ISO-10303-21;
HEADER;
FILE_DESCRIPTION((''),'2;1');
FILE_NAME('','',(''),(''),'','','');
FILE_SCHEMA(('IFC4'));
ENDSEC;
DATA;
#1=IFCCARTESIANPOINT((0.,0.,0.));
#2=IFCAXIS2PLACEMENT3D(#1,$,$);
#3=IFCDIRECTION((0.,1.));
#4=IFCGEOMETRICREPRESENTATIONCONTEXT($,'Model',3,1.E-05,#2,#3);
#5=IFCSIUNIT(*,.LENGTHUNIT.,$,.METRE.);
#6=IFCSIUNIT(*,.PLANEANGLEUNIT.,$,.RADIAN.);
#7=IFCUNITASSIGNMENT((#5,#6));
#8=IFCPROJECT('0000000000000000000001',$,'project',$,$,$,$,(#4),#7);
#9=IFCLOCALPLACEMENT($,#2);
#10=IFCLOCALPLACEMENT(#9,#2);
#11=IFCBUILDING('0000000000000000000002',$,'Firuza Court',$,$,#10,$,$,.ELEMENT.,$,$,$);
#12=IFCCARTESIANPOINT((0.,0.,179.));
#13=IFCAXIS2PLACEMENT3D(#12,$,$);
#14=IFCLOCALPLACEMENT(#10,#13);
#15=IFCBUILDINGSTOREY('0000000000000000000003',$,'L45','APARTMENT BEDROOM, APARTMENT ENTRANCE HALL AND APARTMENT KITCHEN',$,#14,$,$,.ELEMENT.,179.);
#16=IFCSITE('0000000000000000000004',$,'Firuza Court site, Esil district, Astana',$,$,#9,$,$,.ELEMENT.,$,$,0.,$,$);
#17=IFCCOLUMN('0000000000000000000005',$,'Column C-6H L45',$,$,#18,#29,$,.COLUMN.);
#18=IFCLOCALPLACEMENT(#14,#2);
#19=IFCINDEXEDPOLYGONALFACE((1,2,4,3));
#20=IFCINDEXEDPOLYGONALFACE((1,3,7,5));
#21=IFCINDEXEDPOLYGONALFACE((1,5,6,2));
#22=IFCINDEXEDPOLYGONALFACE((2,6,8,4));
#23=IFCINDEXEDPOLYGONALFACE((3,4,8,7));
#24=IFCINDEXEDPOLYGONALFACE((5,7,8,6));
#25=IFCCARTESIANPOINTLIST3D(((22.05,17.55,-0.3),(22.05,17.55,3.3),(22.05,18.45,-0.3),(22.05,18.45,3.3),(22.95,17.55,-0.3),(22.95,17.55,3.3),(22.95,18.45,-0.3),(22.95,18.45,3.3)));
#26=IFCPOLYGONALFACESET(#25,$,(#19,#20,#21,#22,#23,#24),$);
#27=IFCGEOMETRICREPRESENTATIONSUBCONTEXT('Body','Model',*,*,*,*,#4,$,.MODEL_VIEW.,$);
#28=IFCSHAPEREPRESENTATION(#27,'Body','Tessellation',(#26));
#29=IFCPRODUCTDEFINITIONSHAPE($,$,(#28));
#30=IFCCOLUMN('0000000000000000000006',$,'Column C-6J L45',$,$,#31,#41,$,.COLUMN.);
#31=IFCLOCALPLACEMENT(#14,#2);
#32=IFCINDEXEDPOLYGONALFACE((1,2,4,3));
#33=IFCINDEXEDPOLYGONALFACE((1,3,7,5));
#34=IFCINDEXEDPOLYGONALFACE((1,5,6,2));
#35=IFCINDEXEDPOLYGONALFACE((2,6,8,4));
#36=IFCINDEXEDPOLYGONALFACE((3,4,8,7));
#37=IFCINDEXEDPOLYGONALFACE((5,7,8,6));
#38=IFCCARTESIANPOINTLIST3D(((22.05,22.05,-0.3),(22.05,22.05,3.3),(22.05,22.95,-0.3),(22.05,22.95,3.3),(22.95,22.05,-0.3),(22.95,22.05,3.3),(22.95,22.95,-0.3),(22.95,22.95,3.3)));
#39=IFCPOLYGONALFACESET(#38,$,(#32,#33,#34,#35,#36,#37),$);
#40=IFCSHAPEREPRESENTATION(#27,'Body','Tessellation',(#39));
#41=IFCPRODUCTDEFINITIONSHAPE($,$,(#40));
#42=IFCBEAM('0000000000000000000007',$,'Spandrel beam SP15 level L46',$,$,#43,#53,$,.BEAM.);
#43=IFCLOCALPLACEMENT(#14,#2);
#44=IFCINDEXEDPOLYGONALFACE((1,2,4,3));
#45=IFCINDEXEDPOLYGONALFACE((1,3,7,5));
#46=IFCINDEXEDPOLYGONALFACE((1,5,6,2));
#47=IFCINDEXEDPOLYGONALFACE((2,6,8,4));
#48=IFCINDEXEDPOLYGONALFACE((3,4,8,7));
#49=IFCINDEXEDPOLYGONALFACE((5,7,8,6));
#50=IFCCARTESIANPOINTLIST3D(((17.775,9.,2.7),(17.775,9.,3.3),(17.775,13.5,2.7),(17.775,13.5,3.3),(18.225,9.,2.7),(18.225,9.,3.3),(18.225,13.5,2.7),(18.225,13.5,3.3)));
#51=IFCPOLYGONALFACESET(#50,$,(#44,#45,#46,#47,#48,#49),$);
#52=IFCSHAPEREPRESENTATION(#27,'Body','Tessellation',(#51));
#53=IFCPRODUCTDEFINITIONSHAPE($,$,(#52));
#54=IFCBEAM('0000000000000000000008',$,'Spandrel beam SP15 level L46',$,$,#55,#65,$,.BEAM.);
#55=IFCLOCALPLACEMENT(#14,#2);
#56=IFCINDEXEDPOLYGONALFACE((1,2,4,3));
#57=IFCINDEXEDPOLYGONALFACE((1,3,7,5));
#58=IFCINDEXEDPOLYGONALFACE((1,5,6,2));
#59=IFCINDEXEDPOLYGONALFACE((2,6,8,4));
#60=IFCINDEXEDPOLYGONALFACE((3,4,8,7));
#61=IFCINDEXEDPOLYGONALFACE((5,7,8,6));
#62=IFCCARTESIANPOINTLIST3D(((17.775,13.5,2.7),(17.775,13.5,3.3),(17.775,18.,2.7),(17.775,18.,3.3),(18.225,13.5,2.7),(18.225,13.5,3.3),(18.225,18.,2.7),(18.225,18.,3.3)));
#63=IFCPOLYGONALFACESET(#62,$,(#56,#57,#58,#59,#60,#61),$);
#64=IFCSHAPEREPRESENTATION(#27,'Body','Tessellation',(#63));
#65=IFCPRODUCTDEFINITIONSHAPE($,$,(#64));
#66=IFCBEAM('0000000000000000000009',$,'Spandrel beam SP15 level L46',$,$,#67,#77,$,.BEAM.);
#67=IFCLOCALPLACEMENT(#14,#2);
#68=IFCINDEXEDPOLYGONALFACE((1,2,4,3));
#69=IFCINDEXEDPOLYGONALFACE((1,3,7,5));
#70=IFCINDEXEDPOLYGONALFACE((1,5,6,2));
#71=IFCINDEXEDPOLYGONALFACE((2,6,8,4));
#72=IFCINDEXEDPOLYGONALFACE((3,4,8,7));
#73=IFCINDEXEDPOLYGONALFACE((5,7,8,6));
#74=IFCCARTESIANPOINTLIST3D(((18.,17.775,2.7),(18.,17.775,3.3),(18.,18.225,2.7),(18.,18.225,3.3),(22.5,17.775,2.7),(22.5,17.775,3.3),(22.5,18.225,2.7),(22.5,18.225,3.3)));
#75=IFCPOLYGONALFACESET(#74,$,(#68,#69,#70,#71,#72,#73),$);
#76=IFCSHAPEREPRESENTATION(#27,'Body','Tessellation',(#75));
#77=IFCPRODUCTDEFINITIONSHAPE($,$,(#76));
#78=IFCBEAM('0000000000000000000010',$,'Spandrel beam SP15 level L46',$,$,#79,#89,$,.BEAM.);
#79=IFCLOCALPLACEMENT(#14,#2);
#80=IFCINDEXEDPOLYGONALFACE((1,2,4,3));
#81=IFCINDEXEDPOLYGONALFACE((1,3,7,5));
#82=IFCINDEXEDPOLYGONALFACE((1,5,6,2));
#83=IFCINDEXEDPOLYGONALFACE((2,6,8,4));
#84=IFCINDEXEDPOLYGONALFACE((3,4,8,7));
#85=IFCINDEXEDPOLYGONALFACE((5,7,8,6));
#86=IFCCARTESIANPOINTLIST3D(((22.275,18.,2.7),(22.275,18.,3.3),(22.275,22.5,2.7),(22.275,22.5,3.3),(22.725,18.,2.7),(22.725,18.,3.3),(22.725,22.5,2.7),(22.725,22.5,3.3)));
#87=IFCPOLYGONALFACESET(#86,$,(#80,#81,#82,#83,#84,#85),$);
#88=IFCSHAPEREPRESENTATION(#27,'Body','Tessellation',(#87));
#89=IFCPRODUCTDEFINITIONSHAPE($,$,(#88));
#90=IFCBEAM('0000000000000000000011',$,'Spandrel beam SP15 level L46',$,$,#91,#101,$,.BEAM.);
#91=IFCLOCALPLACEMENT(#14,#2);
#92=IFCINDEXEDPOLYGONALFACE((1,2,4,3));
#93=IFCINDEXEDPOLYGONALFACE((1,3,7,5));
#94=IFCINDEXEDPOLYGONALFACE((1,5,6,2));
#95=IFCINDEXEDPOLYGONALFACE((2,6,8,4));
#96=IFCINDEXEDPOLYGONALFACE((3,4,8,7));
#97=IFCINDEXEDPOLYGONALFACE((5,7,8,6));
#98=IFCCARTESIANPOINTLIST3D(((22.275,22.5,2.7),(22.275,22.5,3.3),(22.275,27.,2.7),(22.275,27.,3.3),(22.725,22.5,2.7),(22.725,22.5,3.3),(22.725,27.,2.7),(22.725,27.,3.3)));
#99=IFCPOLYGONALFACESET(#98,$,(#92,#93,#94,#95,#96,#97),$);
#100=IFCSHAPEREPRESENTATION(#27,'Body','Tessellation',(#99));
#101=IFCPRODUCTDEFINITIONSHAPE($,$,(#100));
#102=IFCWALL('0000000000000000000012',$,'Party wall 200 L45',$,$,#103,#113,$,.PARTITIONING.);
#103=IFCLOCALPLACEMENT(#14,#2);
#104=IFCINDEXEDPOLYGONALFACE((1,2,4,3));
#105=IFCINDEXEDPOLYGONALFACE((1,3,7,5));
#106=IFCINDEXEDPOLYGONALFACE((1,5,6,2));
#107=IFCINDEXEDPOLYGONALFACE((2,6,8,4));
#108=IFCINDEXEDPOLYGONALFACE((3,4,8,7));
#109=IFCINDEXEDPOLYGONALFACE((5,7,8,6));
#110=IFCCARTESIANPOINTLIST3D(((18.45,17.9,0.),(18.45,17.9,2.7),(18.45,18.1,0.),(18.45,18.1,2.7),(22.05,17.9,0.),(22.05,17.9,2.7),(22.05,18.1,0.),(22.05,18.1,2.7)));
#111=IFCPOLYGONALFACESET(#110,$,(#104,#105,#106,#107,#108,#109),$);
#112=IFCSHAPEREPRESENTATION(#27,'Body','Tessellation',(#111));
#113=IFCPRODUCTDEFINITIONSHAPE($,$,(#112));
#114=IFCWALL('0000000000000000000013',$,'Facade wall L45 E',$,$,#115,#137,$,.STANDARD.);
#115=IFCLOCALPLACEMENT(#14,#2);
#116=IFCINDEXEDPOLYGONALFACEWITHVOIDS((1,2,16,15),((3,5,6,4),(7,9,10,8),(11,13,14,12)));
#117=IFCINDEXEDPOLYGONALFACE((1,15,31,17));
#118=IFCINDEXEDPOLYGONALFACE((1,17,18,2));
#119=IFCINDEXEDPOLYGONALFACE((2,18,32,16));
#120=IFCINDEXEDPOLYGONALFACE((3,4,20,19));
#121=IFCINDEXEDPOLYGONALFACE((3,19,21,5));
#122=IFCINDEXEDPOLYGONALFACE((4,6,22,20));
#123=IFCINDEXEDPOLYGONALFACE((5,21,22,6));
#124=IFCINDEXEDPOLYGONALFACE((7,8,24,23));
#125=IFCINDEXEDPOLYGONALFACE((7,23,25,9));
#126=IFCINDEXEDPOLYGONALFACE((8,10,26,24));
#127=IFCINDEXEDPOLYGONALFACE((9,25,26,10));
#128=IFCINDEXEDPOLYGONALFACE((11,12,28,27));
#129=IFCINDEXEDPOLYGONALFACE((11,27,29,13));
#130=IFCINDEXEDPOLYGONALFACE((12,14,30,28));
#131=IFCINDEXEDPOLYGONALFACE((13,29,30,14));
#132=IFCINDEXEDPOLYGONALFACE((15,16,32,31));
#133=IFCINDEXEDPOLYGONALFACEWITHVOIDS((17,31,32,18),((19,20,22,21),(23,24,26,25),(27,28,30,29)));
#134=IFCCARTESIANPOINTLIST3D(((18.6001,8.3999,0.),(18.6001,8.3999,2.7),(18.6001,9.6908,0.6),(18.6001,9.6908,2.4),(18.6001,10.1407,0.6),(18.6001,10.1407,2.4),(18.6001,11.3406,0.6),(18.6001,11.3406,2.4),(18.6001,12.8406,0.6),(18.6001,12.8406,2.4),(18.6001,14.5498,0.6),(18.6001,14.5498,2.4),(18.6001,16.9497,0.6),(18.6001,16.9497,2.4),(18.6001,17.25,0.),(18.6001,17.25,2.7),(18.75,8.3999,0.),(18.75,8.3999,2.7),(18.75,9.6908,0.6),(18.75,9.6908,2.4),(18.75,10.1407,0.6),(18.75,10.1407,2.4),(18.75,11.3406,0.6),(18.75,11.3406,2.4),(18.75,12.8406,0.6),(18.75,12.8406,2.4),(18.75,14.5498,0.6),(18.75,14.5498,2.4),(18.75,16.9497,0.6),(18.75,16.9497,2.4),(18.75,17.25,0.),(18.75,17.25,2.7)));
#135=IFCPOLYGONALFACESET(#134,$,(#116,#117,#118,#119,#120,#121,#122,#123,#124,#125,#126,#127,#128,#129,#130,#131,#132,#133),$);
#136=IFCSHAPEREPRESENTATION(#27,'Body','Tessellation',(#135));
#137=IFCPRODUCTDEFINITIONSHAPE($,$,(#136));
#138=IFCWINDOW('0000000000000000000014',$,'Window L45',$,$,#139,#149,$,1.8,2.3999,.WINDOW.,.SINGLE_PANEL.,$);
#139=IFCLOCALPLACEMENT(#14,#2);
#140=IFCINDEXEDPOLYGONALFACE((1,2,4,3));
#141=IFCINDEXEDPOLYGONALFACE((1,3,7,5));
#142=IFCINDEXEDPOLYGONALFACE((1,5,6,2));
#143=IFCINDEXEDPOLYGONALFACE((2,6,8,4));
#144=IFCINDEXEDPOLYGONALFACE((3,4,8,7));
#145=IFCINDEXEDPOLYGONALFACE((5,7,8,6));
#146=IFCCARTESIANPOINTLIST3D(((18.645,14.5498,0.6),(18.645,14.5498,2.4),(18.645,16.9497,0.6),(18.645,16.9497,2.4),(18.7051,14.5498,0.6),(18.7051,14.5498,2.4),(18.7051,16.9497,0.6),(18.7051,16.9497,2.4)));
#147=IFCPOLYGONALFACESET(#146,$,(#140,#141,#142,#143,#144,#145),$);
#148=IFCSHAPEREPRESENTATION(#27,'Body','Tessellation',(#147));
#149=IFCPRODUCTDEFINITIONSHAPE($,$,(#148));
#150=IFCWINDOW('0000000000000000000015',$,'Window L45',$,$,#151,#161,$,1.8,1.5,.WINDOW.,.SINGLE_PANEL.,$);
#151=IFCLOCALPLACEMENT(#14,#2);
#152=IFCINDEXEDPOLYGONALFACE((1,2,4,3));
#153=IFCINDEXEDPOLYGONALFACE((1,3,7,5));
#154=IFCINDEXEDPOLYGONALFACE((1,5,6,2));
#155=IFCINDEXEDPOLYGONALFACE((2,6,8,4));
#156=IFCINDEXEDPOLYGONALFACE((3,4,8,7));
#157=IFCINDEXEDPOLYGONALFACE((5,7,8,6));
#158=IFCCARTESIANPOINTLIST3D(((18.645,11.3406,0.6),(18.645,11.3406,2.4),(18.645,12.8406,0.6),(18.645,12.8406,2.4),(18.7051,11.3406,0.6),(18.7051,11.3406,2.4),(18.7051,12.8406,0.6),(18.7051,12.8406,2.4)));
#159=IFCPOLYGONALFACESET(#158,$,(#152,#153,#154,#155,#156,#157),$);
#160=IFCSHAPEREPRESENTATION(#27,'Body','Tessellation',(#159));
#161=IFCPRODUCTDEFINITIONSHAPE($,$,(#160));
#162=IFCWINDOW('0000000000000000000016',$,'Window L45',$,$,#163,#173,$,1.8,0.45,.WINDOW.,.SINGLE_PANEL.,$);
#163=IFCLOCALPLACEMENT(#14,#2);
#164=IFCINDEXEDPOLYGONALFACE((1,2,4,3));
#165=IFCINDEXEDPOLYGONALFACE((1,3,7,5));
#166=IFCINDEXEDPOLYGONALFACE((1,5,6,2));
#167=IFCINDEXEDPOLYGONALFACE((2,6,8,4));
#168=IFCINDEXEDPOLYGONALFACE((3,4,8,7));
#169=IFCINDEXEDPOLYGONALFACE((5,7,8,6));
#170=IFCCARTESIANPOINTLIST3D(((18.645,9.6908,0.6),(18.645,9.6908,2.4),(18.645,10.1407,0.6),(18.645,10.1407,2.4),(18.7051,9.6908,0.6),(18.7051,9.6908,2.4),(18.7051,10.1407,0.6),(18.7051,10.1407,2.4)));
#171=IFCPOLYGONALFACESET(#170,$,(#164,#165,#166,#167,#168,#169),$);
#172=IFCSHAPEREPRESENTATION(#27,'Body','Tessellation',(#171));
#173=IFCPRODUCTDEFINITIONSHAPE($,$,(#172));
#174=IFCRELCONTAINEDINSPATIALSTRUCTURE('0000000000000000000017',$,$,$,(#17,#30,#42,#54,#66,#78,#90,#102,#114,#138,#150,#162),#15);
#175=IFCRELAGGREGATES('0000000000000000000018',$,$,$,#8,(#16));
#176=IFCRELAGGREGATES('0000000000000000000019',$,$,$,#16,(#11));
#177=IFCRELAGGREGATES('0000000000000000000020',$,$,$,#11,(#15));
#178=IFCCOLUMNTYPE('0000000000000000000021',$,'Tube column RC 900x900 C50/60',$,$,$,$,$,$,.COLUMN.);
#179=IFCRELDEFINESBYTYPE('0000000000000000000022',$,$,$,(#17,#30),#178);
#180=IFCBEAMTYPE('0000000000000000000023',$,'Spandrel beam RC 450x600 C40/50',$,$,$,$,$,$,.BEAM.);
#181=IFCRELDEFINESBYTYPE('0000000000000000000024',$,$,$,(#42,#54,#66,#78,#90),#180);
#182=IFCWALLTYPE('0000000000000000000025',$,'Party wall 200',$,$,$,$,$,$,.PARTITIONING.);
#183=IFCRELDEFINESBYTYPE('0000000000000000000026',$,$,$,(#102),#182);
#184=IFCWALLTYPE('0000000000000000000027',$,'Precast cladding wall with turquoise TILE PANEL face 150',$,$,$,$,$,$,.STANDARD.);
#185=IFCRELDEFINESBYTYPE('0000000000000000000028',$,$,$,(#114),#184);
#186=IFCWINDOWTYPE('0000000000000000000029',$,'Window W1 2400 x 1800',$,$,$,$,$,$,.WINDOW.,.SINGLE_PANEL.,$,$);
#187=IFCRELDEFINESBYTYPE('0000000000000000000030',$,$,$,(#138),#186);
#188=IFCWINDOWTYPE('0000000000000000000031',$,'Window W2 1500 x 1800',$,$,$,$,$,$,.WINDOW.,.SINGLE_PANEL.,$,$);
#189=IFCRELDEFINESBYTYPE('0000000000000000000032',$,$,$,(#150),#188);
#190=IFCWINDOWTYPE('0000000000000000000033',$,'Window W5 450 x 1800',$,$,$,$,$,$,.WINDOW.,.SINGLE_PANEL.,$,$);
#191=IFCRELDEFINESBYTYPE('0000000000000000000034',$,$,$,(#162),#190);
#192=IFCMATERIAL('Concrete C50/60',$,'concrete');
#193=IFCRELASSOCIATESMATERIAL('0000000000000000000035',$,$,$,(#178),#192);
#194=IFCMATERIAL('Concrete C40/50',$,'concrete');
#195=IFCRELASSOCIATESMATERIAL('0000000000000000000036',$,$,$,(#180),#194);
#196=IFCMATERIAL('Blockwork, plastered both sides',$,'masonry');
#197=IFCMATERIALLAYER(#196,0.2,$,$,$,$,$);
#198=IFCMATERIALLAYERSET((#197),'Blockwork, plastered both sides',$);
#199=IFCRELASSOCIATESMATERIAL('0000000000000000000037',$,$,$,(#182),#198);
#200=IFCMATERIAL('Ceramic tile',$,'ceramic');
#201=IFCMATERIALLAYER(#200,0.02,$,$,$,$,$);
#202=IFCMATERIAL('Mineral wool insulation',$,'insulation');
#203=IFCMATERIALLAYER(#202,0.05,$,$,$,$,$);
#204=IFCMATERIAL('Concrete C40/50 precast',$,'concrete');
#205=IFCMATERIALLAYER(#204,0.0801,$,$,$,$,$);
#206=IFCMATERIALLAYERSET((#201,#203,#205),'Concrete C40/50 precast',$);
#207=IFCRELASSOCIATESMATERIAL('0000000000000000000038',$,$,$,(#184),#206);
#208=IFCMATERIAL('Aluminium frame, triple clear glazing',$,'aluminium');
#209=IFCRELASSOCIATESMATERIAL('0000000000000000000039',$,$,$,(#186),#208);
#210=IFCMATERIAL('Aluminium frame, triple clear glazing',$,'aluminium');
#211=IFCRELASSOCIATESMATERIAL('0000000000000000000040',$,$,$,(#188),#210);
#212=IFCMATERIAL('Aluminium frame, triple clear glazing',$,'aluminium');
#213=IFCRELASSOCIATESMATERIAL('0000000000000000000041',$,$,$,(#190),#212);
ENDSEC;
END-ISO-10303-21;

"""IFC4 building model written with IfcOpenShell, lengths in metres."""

from ifc_helpers import new_model, si_unit, direction, frame, frame_2d, origin, origin_2d, place, context, subcontext, project, spatial, rectangle, extrude, material, layer, layer_set, material_profile, profile_set, type_object, element, fill, save


model = new_model("IFC4")

# Units and contexts
model_context = context("Model", 3, precision=1e-05, world=origin(), true_north=direction((0.0, 1.0)))
body_context = subcontext(model_context, "Body", "Model", "MODEL_VIEW")
ifc_project = project(units=[si_unit("LENGTHUNIT", "METRE"), si_unit("PLANEANGLEUNIT", "RADIAN")], contexts=[model_context])

# Site, building, storey
site_placement = place(None, origin())
site = spatial("IfcSite", under=ifc_project, at=site_placement, Name="Firuza Court site, Esil district, Astana", CompositionType="ELEMENT", RefElevation=0.0)
building_placement = place(site_placement, origin())
building = spatial("IfcBuilding", under=site, at=building_placement, Name="Firuza Court", CompositionType="ELEMENT")
storey_placement = place(building_placement, frame((0.0, 0.0, 179.0)))
storey = spatial("IfcBuildingStorey", under=building, at=storey_placement, Name="L45", Description="APARTMENT BEDROOM, APARTMENT ENTRANCE HALL AND APARTMENT KITCHEN", CompositionType="ELEMENT", Elevation=179.0)

# Columns
ifc_material_1 = material(Name="Concrete C50/60", Category="concrete")
ifc_material_profile_1 = material_profile(ifc_material_1, rectangle(XDim=0.8999, YDim=0.8999, at=origin_2d()), Name="RC 900x900")
ifc_profile_set_1 = profile_set([ifc_material_profile_1], Name="Concrete C50/60")
column_type = type_object("IfcColumnType", Name="Tube column RC 900x900 C50/60", PredefinedType="COLUMN", material=ifc_profile_set_1)
for number, where, z_axis, x_axis, name in (
    (1, (22.5, 18.0, -0.3), (0.0, 0.0, 1.0), (1.0, 0.0, 0.0), "Column C-6H L45"),
    (2, (22.5, 22.5, -0.3), (0.0, 0.0, 1.0), (1.0, 0.0, 0.0), "Column C-6J L45"),
):
    element("IfcColumn", number, at=place(storey_placement, frame(where, z_axis=z_axis, x_axis=x_axis)), inside=storey, type_object=column_type, Name=name, PredefinedType="COLUMN", context=body_context, shape_type="SweptSolid", body=[
        extrude(rectangle(XDim=0.8999, YDim=0.8999, at=origin_2d()), origin(), (0.0, 0.0, 1.0), 3.6001),
    ])

# Beams
ifc_material_2 = material(Name="Concrete C40/50", Category="concrete")
ifc_material_profile_2 = material_profile(ifc_material_2, rectangle(XDim=0.45, YDim=0.6001, at=origin_2d()), Name="RC 450x600")
ifc_profile_set_2 = profile_set([ifc_material_profile_2], Name="Concrete C40/50")
beam_type = type_object("IfcBeamType", Name="Spandrel beam RC 450x600 C40/50", PredefinedType="BEAM", material=ifc_profile_set_2)
for number, where, z_axis, x_axis, name in (
    (3, (18.0, 9.0, 3.0), (0.0, 1.0, 0.0), (-1.0, 0.0, 0.0), "Spandrel beam SP15 level L46"),
    (4, (18.0, 13.5, 3.0), (0.0, 1.0, 0.0), (-1.0, 0.0, 0.0), "Spandrel beam SP15 level L46"),
    (5, (18.0, 18.0, 3.0), (1.0, 0.0, 0.0), (0.0, 1.0, 0.0), "Spandrel beam SP15 level L46"),
    (6, (22.5, 18.0, 3.0), (0.0, 1.0, 0.0), (-1.0, 0.0, 0.0), "Spandrel beam SP15 level L46"),
    (7, (22.5, 22.5, 3.0), (0.0, 1.0, 0.0), (-1.0, 0.0, 0.0), "Spandrel beam SP15 level L46"),
):
    element("IfcBeam", number, at=place(storey_placement, frame(where, z_axis=z_axis, x_axis=x_axis)), inside=storey, type_object=beam_type, Name=name, PredefinedType="BEAM", context=body_context, shape_type="SweptSolid", body=[
        extrude(rectangle(XDim=0.45, YDim=0.6001, at=origin_2d()), origin(), (0.0, 0.0, 1.0), 4.5),
    ])

# Wall
ifc_material_3 = material(Name="Blockwork, plastered both sides", Category="masonry")
ifc_layer_1 = layer(ifc_material_3, 0.2)
ifc_layer_set_1 = layer_set([ifc_layer_1], Name="Blockwork, plastered both sides")
wall_type_1 = type_object("IfcWallType", Name="Party wall 200", PredefinedType="PARTITIONING", material=ifc_layer_set_1)
wall_1_placement = place(storey_placement, frame((18.45, 18.0, 0.0), z_axis=(0.0, 0.0, 1.0), x_axis=(1.0, 0.0, 0.0)))
element("IfcWall", 8, at=wall_1_placement, inside=storey, type_object=wall_type_1, Name="Party wall 200 L45", PredefinedType="PARTITIONING", context=body_context, shape_type="SweptSolid", body=[
    extrude(rectangle(XDim=3.6001, YDim=0.2, at=frame_2d((1.8, 0.0))), origin(), (0.0, 0.0, 1.0), 2.7),
])

# Wall, openings, windows
ifc_material_4 = material(Name="Ceramic tile", Category="ceramic")
ifc_layer_2 = layer(ifc_material_4, 0.02)
ifc_material_5 = material(Name="Mineral wool insulation", Category="insulation")
ifc_layer_3 = layer(ifc_material_5, 0.05)
ifc_material_6 = material(Name="Concrete C40/50 precast", Category="concrete")
ifc_layer_4 = layer(ifc_material_6, 0.0801)
ifc_layer_set_2 = layer_set([ifc_layer_2, ifc_layer_3, ifc_layer_4], Name="Concrete C40/50 precast")
wall_type_2 = type_object("IfcWallType", Name="Precast cladding wall with turquoise TILE PANEL face 150", PredefinedType="STANDARD", material=ifc_layer_set_2)
wall_2_placement = place(storey_placement, frame((18.675, 8.3999, 0.0), z_axis=(0.0, 0.0, 1.0), x_axis=(0.0, 1.0, 0.0)))
wall_2 = element("IfcWall", 9, at=wall_2_placement, inside=storey, type_object=wall_type_2, Name="Facade wall L45 E", PredefinedType="STANDARD", context=body_context, shape_type="SweptSolid", body=[
    extrude(rectangle(XDim=8.8501, YDim=0.1499, at=frame_2d((4.425, 0.0))), origin(), (0.0, 0.0, 1.0), 2.7),
])
opening_1_placement = place(wall_2_placement, frame((1.2908, 0.0, 0.6001)))
opening_1 = element("IfcOpeningElement", 10, at=opening_1_placement, cuts=wall_2, PredefinedType="OPENING", context=body_context, shape_type="SweptSolid", body=[
    extrude(rectangle(XDim=0.45, YDim=1.8, at=frame_2d((0.2251, 0.8999))), frame((0.0, 0.0869, 0.0), z_axis=(0.0, -1.0, 0.0), x_axis=(1.0, 0.0, 0.0)), (0.0, 0.0, 1.0), 0.1738),
])
opening_2_placement = place(wall_2_placement, frame((2.9407, 0.0, 0.6001)))
opening_2 = element("IfcOpeningElement", 11, at=opening_2_placement, cuts=wall_2, PredefinedType="OPENING", context=body_context, shape_type="SweptSolid", body=[
    extrude(rectangle(XDim=1.5, YDim=1.8, at=frame_2d((0.75, 0.8999))), frame((0.0, 0.0869, 0.0), z_axis=(0.0, -1.0, 0.0), x_axis=(1.0, 0.0, 0.0)), (0.0, 0.0, 1.0), 0.1738),
])
opening_3_placement = place(wall_2_placement, frame((6.1499, 0.0, 0.6001)))
opening_3 = element("IfcOpeningElement", 12, at=opening_3_placement, cuts=wall_2, PredefinedType="OPENING", context=body_context, shape_type="SweptSolid", body=[
    extrude(rectangle(XDim=2.3999, YDim=1.8, at=frame_2d((1.2, 0.8999))), frame((0.0, 0.0869, 0.0), z_axis=(0.0, -1.0, 0.0), x_axis=(1.0, 0.0, 0.0)), (0.0, 0.0, 1.0), 0.1738),
])
ifc_material_7 = material(Name="Aluminium frame, triple clear glazing", Category="aluminium")
window_type_1 = type_object("IfcWindowType", Name="Window W1 2400 x 1800", PartitioningType="SINGLE_PANEL", PredefinedType="WINDOW", material=ifc_material_7)
window_1_placement = place(opening_3_placement, origin())
window_1 = element("IfcWindow", 13, at=window_1_placement, inside=storey, type_object=window_type_1, Name="Window L45", OverallHeight=1.8, OverallWidth=2.3999, PartitioningType="SINGLE_PANEL", PredefinedType="WINDOW", context=body_context, shape_type="SweptSolid", body=[
    extrude(rectangle(XDim=2.3999, YDim=1.8, at=frame_2d((1.2, 0.8999))), frame((0.0, 0.03, 0.0), z_axis=(0.0, -1.0, 0.0), x_axis=(1.0, 0.0, 0.0)), (0.0, 0.0, 1.0), 0.0601),
])
fill(opening_3, window_1)
ifc_material_8 = material(Name="Aluminium frame, triple clear glazing", Category="aluminium")
window_type_2 = type_object("IfcWindowType", Name="Window W2 1500 x 1800", PartitioningType="SINGLE_PANEL", PredefinedType="WINDOW", material=ifc_material_8)
window_2_placement = place(opening_2_placement, origin())
window_2 = element("IfcWindow", 14, at=window_2_placement, inside=storey, type_object=window_type_2, Name="Window L45", OverallHeight=1.8, OverallWidth=1.5, PartitioningType="SINGLE_PANEL", PredefinedType="WINDOW", context=body_context, shape_type="SweptSolid", body=[
    extrude(rectangle(XDim=1.5, YDim=1.8, at=frame_2d((0.75, 0.8999))), frame((0.0, 0.03, 0.0), z_axis=(0.0, -1.0, 0.0), x_axis=(1.0, 0.0, 0.0)), (0.0, 0.0, 1.0), 0.0601),
])
fill(opening_2, window_2)
ifc_material_9 = material(Name="Aluminium frame, triple clear glazing", Category="aluminium")
window_type_3 = type_object("IfcWindowType", Name="Window W5 450 x 1800", PartitioningType="SINGLE_PANEL", PredefinedType="WINDOW", material=ifc_material_9)
window_3_placement = place(opening_1_placement, origin())
window_3 = element("IfcWindow", 15, at=window_3_placement, inside=storey, type_object=window_type_3, Name="Window L45", OverallHeight=1.8, OverallWidth=0.45, PartitioningType="SINGLE_PANEL", PredefinedType="WINDOW", context=body_context, shape_type="SweptSolid", body=[
    extrude(rectangle(XDim=0.45, YDim=1.8, at=frame_2d((0.2251, 0.8999))), frame((0.0, 0.03, 0.0), z_axis=(0.0, -1.0, 0.0), x_axis=(1.0, 0.0, 0.0)), (0.0, 0.0, 1.0), 0.0601),
])
fill(opening_1, window_3)

save(model, "model.ifc")
